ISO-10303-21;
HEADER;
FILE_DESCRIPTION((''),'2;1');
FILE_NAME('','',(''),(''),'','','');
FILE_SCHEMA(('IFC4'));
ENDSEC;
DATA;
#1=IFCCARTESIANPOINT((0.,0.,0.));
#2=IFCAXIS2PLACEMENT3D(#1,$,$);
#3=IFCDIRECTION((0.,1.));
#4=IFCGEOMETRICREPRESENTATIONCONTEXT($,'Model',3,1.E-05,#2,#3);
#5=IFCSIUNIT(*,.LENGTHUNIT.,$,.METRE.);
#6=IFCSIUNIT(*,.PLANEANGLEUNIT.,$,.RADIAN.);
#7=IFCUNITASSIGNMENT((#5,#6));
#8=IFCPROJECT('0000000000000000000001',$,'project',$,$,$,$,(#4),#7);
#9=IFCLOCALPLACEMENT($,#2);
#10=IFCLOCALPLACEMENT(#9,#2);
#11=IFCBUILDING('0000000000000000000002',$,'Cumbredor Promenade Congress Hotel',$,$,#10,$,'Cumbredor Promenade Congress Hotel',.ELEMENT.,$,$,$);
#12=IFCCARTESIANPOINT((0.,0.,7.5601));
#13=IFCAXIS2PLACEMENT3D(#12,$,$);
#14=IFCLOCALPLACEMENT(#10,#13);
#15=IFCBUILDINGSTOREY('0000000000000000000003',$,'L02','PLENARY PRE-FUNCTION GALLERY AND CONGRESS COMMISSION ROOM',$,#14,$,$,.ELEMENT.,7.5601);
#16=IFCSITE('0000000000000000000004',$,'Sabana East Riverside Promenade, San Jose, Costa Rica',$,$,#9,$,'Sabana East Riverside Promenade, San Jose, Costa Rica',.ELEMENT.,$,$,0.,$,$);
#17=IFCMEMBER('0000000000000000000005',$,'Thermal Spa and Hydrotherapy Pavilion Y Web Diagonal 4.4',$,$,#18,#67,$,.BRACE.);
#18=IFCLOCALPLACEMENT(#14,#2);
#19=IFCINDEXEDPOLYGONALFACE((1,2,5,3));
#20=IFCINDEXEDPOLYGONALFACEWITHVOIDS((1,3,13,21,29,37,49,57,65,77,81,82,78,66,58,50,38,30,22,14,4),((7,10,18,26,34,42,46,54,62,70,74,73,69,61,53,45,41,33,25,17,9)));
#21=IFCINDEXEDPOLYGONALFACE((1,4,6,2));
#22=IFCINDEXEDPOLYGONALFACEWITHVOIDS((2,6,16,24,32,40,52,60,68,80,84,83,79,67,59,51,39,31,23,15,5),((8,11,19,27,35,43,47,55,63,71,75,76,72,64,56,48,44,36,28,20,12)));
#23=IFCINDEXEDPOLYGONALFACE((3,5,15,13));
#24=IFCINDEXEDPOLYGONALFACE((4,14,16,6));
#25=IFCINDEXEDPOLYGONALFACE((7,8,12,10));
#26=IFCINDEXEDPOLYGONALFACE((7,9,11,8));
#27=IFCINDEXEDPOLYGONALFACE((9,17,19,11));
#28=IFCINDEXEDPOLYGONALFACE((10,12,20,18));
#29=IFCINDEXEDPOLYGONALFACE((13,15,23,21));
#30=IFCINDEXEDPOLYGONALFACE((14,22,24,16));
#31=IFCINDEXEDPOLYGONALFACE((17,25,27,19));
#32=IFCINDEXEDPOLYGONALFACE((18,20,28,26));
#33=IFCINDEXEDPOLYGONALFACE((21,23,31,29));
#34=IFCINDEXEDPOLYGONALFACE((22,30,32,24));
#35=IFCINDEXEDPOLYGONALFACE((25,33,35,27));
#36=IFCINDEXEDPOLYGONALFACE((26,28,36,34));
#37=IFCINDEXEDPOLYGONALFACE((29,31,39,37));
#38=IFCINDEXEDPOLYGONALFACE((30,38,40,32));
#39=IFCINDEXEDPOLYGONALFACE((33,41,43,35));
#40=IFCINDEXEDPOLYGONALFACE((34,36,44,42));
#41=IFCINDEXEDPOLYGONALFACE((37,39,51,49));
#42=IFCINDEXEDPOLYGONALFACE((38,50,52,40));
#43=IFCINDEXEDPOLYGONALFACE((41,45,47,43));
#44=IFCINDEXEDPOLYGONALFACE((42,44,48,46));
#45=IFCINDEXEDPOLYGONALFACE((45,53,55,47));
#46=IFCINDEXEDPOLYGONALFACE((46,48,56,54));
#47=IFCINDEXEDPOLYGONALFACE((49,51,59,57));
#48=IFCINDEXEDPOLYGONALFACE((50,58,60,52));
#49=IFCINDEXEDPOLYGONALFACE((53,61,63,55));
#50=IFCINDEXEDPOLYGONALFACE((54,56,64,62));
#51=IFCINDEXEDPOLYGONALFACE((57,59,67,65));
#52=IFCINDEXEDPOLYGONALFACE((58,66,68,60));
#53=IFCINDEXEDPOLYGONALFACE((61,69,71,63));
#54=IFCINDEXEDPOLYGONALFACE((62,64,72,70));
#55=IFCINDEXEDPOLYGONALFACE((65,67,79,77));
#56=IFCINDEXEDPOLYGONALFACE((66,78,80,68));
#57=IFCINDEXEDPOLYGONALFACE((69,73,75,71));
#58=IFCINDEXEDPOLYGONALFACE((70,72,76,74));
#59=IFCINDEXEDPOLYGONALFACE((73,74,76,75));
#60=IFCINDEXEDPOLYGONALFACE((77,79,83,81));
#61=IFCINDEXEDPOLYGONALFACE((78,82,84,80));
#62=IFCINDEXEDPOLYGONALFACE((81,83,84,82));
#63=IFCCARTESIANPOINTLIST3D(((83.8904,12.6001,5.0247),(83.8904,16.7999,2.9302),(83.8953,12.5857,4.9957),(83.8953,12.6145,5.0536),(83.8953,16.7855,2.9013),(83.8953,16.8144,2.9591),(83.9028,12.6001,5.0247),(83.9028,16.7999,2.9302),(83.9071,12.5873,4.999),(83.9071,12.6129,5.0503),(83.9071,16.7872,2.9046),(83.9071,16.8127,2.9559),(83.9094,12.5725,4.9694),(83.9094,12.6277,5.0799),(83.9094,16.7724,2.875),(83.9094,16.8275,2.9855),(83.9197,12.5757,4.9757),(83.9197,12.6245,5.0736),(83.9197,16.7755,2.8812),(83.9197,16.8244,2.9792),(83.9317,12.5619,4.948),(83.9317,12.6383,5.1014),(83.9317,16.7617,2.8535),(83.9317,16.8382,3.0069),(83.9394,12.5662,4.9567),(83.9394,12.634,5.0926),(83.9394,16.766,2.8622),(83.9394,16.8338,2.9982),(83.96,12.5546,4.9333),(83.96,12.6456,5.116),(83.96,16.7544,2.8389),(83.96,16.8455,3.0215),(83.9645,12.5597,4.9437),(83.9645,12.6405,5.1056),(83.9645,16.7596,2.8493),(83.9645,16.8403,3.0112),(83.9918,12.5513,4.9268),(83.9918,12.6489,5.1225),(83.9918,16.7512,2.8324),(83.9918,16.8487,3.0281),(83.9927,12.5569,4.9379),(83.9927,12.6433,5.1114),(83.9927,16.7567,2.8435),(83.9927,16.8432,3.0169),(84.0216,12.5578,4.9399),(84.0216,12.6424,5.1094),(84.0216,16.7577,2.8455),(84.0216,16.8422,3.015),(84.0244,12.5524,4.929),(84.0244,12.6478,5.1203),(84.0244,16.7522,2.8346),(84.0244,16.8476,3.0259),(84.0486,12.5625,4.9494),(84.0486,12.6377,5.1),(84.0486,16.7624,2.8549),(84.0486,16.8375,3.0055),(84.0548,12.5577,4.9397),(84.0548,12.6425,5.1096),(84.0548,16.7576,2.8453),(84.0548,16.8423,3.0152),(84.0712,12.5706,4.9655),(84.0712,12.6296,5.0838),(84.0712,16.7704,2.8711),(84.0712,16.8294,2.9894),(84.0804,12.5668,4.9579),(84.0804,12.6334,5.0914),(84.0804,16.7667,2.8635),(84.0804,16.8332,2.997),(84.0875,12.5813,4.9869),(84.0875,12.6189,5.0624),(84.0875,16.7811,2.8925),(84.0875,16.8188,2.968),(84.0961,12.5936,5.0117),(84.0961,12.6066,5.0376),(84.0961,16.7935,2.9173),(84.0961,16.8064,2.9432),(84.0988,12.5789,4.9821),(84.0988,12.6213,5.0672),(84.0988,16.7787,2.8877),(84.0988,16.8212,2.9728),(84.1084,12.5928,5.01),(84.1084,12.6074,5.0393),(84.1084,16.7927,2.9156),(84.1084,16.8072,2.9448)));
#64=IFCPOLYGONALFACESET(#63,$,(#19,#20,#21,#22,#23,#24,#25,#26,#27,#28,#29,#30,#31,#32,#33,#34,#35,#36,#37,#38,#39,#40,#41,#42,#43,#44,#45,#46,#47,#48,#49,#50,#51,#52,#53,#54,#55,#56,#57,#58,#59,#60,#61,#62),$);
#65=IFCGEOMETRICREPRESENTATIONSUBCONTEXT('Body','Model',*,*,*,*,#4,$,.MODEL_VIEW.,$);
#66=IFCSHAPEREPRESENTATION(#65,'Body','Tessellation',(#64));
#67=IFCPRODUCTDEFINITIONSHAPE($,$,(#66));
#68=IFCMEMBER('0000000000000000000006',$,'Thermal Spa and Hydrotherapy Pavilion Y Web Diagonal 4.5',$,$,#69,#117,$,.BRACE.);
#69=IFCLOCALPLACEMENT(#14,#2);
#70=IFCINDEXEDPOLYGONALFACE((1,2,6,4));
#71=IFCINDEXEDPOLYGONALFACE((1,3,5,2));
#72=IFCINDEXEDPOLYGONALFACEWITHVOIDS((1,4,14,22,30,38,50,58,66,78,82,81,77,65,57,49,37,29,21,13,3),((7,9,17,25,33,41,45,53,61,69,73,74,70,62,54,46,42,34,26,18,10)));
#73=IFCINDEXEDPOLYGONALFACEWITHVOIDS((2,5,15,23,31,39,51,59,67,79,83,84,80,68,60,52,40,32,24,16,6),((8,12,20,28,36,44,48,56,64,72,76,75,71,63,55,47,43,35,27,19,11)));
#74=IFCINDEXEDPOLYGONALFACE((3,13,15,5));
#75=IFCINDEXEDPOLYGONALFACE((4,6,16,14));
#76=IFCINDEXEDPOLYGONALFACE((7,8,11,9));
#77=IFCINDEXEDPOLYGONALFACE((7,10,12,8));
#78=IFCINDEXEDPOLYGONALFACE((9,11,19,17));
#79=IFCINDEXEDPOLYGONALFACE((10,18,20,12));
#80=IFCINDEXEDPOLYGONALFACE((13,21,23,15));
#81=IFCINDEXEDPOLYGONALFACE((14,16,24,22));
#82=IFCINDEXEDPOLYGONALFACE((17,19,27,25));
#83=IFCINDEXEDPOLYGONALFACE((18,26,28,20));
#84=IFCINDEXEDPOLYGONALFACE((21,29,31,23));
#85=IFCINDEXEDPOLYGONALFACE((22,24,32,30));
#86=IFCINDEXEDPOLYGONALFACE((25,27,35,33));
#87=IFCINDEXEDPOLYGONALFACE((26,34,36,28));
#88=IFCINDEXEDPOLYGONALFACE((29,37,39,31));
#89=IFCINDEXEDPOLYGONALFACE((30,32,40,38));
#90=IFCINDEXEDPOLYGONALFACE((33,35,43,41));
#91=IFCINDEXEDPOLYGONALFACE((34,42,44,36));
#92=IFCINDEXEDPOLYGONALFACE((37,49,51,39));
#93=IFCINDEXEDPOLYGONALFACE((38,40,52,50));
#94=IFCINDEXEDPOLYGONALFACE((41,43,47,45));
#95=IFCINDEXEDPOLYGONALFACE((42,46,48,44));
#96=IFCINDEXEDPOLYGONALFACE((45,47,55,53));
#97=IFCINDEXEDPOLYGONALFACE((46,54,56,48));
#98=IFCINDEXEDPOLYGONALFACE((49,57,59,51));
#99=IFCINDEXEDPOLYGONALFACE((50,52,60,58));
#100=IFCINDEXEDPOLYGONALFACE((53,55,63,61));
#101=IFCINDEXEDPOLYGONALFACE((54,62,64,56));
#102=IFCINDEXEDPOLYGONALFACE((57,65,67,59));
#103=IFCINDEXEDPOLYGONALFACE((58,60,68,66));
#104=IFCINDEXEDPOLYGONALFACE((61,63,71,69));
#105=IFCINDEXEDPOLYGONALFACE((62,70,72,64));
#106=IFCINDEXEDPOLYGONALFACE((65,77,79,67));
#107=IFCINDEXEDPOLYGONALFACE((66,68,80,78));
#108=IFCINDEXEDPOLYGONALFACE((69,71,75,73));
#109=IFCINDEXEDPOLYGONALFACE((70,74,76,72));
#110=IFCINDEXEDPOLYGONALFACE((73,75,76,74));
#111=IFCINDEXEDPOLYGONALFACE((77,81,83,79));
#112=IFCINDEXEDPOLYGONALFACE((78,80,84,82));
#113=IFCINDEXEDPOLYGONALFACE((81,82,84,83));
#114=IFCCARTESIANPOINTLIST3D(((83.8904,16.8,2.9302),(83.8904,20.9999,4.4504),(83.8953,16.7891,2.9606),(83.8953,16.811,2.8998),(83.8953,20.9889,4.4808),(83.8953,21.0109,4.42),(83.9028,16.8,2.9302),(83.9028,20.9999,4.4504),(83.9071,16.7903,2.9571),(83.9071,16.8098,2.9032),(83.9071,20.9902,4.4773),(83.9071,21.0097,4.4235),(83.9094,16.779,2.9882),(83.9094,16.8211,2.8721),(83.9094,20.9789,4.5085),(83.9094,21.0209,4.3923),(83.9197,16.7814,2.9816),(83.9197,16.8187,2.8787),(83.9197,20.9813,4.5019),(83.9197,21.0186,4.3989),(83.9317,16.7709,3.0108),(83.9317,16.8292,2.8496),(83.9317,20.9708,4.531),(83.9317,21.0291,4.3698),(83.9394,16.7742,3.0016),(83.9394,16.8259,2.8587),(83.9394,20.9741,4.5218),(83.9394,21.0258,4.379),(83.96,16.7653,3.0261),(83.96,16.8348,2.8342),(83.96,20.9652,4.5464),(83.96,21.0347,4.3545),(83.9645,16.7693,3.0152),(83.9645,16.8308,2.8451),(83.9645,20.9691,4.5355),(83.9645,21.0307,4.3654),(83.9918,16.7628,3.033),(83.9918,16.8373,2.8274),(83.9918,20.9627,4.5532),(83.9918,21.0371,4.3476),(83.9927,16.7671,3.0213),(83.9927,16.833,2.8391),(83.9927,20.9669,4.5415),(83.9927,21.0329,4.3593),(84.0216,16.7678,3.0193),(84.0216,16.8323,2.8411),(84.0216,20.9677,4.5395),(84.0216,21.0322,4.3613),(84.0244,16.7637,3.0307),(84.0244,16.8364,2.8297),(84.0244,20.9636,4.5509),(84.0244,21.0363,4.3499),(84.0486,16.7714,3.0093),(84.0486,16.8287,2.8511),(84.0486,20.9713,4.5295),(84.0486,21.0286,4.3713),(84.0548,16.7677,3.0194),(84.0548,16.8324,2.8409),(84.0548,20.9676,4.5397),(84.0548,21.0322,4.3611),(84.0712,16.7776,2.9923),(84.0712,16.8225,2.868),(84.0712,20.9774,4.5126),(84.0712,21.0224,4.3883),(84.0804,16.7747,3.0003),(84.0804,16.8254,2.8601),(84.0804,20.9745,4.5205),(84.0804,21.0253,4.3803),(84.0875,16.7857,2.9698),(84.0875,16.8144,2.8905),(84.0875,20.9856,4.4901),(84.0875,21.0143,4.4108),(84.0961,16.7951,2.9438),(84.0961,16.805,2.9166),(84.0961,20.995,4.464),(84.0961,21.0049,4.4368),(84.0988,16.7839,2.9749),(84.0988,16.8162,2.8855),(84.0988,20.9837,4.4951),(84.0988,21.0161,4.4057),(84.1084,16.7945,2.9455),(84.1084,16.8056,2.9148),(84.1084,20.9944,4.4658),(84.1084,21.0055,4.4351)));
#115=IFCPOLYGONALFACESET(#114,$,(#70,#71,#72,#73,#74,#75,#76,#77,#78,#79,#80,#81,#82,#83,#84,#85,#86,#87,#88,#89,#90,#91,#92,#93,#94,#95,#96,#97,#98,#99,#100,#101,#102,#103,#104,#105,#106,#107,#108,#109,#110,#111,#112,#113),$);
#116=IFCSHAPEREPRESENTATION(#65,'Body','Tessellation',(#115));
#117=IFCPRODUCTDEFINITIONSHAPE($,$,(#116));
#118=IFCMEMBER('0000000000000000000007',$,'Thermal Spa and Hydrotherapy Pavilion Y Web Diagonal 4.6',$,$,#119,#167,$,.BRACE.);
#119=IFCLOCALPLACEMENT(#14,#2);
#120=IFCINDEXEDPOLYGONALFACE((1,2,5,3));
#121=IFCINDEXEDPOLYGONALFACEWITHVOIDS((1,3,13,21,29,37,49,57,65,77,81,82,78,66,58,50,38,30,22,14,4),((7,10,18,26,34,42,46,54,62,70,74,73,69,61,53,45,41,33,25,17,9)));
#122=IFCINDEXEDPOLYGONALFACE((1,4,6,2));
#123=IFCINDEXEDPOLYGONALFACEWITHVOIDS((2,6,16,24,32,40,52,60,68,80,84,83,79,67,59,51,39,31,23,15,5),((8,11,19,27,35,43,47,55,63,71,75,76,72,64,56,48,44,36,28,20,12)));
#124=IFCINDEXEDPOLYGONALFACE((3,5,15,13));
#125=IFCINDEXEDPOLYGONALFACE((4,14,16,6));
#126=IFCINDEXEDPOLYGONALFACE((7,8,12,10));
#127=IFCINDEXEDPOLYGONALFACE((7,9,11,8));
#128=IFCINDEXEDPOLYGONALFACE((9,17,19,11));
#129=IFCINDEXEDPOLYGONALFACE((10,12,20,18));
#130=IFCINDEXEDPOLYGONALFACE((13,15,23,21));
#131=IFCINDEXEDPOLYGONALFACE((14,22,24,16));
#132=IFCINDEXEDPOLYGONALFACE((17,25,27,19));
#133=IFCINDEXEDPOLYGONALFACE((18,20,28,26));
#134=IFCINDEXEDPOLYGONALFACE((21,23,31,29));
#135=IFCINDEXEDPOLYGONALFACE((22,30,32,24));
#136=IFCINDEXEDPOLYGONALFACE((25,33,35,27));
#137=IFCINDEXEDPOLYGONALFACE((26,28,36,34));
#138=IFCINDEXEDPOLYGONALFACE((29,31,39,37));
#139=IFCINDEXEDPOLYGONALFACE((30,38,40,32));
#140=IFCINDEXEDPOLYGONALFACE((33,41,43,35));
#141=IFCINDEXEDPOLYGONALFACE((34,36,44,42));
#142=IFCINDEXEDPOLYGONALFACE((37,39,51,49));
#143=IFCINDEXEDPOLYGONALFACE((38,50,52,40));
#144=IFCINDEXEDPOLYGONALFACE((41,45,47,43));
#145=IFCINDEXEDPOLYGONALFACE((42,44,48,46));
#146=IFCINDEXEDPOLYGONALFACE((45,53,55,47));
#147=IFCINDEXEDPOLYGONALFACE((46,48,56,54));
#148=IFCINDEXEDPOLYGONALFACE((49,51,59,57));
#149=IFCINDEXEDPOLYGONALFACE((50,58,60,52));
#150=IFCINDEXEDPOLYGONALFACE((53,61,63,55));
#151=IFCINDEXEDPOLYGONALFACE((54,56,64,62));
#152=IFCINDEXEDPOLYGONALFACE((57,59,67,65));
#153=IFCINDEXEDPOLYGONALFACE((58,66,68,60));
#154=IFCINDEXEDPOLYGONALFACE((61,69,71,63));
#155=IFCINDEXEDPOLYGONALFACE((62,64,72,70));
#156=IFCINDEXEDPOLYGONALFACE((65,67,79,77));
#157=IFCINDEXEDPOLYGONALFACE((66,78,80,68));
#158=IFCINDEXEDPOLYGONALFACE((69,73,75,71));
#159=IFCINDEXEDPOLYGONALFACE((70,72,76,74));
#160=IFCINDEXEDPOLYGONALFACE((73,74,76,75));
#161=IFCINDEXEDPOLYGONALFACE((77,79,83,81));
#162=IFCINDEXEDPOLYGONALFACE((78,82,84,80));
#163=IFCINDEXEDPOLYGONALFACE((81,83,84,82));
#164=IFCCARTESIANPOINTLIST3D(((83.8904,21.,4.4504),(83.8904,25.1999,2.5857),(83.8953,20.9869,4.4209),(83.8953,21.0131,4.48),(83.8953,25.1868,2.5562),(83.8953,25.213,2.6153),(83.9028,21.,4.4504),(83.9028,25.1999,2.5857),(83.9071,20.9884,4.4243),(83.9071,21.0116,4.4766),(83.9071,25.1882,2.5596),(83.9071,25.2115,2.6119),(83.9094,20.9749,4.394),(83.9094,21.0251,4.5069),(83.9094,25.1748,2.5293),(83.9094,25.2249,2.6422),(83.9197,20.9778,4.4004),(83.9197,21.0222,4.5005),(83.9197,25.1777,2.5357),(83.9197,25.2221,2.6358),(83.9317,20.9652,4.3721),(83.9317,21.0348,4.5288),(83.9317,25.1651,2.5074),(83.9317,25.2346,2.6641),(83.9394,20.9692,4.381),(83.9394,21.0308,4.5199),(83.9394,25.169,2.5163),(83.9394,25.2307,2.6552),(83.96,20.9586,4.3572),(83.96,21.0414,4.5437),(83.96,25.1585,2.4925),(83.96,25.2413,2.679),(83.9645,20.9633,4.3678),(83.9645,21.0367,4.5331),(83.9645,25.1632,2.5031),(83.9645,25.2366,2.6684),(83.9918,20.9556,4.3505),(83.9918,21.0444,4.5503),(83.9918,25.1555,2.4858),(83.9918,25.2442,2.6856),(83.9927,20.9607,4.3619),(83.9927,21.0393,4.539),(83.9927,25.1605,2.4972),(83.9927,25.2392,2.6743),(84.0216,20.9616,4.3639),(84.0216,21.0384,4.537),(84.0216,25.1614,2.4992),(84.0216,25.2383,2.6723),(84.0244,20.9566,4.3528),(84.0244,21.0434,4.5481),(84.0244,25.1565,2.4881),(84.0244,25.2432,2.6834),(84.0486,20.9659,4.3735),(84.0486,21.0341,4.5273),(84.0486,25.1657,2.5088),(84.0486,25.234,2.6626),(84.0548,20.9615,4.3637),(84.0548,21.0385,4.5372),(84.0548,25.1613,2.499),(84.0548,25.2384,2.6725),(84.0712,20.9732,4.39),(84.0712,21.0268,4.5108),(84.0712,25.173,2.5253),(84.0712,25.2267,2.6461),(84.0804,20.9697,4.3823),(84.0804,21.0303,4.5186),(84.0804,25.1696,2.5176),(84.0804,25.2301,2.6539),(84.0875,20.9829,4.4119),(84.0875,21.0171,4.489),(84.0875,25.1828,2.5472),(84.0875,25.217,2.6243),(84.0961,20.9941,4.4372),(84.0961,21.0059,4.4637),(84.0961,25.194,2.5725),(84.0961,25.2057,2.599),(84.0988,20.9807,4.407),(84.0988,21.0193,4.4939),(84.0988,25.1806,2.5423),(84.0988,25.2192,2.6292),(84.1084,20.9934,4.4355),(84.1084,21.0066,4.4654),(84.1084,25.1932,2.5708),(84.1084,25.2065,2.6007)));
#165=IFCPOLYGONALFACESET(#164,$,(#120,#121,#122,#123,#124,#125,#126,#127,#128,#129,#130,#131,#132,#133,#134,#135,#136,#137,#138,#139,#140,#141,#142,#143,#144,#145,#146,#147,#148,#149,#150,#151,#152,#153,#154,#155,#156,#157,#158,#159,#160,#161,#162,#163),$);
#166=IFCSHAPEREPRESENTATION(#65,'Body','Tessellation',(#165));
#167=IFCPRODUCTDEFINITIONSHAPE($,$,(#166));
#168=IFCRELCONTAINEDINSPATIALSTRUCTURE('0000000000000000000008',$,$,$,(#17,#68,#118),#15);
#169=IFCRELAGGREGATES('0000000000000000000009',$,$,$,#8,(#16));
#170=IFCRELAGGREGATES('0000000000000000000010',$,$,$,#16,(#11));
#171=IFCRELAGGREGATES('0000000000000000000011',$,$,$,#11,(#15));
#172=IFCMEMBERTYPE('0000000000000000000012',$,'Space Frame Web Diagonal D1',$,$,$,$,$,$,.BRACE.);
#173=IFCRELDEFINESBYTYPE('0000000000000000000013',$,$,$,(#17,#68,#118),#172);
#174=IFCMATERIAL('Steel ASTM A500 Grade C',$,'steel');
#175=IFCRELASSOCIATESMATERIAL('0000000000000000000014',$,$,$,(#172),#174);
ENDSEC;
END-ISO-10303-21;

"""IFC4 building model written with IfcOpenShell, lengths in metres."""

from ifc_helpers import new_model, si_unit, direction, frame, origin, origin_2d, place, context, subcontext, project, spatial, hollow_circle, extrude, material, material_profile, profile_set, type_object, element, save


model = new_model("IFC4")

# Units and contexts
model_context = context("Model", 3, precision=1e-05, world=origin(), true_north=direction((0.0, 1.0)))
body_context = subcontext(model_context, "Body", "Model", "MODEL_VIEW")
ifc_project = project(units=[si_unit("LENGTHUNIT", "METRE"), si_unit("PLANEANGLEUNIT", "RADIAN")], contexts=[model_context])

# Site, building, storey
site_placement = place(None, origin())
site = spatial("IfcSite", under=ifc_project, at=site_placement, Name="Sabana East Riverside Promenade, San Jose, Costa Rica", LongName="Sabana East Riverside Promenade, San Jose, Costa Rica", CompositionType="ELEMENT", RefElevation=0.0)
building_placement = place(site_placement, origin())
building = spatial("IfcBuilding", under=site, at=building_placement, Name="Cumbredor Promenade Congress Hotel", LongName="Cumbredor Promenade Congress Hotel", CompositionType="ELEMENT")
storey_placement = place(building_placement, frame((0.0, 0.0, 7.5601)))
storey = spatial("IfcBuildingStorey", under=building, at=storey_placement, Name="L02", Description="PLENARY PRE-FUNCTION GALLERY AND CONGRESS COMMISSION ROOM", CompositionType="ELEMENT", Elevation=7.5601)

# Members
ifc_material_1 = material(Name="Steel ASTM A500 Grade C", Category="steel")
ifc_material_profile_1 = material_profile(ifc_material_1, hollow_circle(Radius=0.1096, WallThickness=0.0125, at=origin_2d()), Name="CHS 219.1x12.5")
ifc_profile_set_1 = profile_set([ifc_material_profile_1], Name="Steel ASTM A500 Grade C")
member_type_1 = type_object("IfcMemberType", Name="Space Frame Web Diagonal D1", PredefinedType="BRACE", material=ifc_profile_set_1)
member_1_placement = place(storey_placement, frame((84.0, 12.6001, 5.0247), z_axis=(0.0, 0.894895, -0.446277), x_axis=(-1.0, 0.0, 0.0)))
element("IfcMember", 1, at=member_1_placement, inside=storey, type_object=member_type_1, Name="Thermal Spa and Hydrotherapy Pavilion Y Web Diagonal 4.4", PredefinedType="BRACE", context=body_context, shape_type="SweptSolid", body=[
    extrude(hollow_circle(Radius=0.1096, WallThickness=0.0125, at=origin_2d()), origin(), (0.0, 0.0, 1.0), 4.6931),
])
member_2_placement = place(storey_placement, frame((84.0, 16.8, 2.9302), z_axis=(0.0, 0.940295, 0.34036), x_axis=(-1.0, 0.0, 0.0)))
element("IfcMember", 2, at=member_2_placement, inside=storey, type_object=member_type_1, Name="Thermal Spa and Hydrotherapy Pavilion Y Web Diagonal 4.5", PredefinedType="BRACE", context=body_context, shape_type="SweptSolid", body=[
    extrude(hollow_circle(Radius=0.1096, WallThickness=0.0125, at=origin_2d()), origin(), (0.0, 0.0, 1.0), 4.4666),
])
member_3_placement = place(storey_placement, frame((84.0, 21.0, 4.4504), z_axis=(0.0, 0.913965, -0.405793), x_axis=(-1.0, 0.0, 0.0)))
element("IfcMember", 3, at=member_3_placement, inside=storey, type_object=member_type_1, Name="Thermal Spa and Hydrotherapy Pavilion Y Web Diagonal 4.6", PredefinedType="BRACE", context=body_context, shape_type="SweptSolid", body=[
    extrude(hollow_circle(Radius=0.1096, WallThickness=0.0125, at=origin_2d()), origin(), (0.0, 0.0, 1.0), 4.5952),
])

save(model, "model.ifc")
